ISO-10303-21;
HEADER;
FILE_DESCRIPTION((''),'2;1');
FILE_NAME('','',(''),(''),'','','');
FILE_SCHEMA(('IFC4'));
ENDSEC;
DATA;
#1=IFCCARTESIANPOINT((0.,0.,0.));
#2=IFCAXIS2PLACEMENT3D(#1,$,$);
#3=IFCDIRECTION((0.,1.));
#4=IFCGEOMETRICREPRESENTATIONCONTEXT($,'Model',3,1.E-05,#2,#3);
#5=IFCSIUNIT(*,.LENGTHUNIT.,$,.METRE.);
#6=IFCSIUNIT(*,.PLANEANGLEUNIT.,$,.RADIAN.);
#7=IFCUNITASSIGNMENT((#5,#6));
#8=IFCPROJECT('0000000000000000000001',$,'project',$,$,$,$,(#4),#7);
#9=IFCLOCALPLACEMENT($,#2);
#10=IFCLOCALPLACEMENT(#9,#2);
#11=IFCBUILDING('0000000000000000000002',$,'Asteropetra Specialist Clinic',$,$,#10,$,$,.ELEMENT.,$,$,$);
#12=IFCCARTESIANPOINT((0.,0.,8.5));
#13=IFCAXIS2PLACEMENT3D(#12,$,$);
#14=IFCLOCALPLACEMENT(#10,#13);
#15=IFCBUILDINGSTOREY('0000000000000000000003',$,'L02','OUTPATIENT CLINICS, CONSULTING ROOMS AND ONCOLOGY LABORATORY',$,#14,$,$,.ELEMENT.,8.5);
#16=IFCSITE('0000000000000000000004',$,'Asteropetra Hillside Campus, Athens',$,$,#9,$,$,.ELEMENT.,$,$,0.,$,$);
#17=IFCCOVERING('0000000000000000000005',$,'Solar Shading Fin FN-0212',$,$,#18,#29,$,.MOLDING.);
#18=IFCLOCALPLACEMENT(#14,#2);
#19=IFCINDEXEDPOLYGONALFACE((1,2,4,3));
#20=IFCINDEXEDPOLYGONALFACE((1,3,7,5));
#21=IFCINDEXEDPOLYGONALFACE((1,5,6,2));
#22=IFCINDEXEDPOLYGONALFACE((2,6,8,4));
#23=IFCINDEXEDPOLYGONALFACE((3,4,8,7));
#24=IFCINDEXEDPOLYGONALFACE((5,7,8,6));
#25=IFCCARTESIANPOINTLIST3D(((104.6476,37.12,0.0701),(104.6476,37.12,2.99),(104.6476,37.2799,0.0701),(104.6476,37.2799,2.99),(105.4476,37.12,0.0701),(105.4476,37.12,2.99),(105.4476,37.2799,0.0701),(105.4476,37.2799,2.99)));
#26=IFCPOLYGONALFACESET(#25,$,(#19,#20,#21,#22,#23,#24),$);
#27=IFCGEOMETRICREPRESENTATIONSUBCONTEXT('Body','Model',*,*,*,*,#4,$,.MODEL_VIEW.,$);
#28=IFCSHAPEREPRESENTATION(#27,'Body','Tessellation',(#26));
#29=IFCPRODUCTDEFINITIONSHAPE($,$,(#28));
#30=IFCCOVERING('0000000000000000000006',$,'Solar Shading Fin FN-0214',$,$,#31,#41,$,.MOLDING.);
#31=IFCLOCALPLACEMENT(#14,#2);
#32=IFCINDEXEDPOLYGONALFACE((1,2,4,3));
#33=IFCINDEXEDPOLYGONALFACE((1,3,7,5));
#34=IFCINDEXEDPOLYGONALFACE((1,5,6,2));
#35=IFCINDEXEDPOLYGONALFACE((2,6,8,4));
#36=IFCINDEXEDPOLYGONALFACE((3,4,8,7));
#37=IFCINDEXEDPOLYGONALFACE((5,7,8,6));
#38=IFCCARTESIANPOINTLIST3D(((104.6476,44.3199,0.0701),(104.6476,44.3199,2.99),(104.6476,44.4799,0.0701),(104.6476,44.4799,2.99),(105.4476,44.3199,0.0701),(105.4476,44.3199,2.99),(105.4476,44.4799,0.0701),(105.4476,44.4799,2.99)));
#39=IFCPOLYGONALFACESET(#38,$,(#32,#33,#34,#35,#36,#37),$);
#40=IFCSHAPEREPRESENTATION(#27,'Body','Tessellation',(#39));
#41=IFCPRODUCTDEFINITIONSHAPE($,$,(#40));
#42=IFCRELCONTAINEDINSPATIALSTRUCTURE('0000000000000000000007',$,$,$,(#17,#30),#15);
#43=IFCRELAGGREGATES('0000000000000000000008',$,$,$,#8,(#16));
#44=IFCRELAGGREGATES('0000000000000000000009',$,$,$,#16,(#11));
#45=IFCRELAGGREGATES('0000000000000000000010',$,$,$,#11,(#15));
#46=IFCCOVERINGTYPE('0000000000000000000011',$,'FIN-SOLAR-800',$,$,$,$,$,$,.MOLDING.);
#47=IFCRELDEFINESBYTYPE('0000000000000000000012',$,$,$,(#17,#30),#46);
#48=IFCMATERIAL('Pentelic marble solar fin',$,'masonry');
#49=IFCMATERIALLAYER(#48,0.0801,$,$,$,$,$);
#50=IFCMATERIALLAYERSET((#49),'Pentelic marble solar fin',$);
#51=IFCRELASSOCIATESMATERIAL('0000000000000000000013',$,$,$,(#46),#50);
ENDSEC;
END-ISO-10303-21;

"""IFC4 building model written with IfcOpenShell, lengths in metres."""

from ifc_helpers import new_model, si_unit, direction, frame, origin, origin_2d, place, context, subcontext, project, spatial, rectangle, extrude, material, layer, layer_set, type_object, element, save


model = new_model("IFC4")

# Units and contexts
model_context = context("Model", 3, precision=1e-05, world=origin(), true_north=direction((0.0, 1.0)))
body_context = subcontext(model_context, "Body", "Model", "MODEL_VIEW")
ifc_project = project(units=[si_unit("LENGTHUNIT", "METRE"), si_unit("PLANEANGLEUNIT", "RADIAN")], contexts=[model_context])

# Site, building, storey
site_placement = place(None, origin())
site = spatial("IfcSite", under=ifc_project, at=site_placement, Name="Asteropetra Hillside Campus, Athens", CompositionType="ELEMENT", RefElevation=0.0)
building_placement = place(site_placement, origin())
building = spatial("IfcBuilding", under=site, at=building_placement, Name="Asteropetra Specialist Clinic", CompositionType="ELEMENT")
storey_placement = place(building_placement, frame((0.0, 0.0, 8.5)))
storey = spatial("IfcBuildingStorey", under=building, at=storey_placement, Name="L02", Description="OUTPATIENT CLINICS, CONSULTING ROOMS AND ONCOLOGY LABORATORY", CompositionType="ELEMENT", Elevation=8.5)

# Coverings
ifc_material_1 = material(Name="Pentelic marble solar fin", Category="masonry")
ifc_layer_1 = layer(ifc_material_1, 0.0801)
ifc_layer_set_1 = layer_set([ifc_layer_1], Name="Pentelic marble solar fin")
covering_type_1 = type_object("IfcCoveringType", Name="FIN-SOLAR-800", PredefinedType="MOLDING", material=ifc_layer_set_1)
for number, where, z_axis, x_axis, name in (
    (1, (105.0476, 37.2, 0.0701), (0.0, 0.0, 1.0), (1.0, 0.0, 0.0), "Solar Shading Fin FN-0212"),
    (2, (105.0476, 44.3999, 0.0701), (0.0, 0.0, 1.0), (1.0, 0.0, 0.0), "Solar Shading Fin FN-0214"),
):
    element("IfcCovering", number, at=place(storey_placement, frame(where, z_axis=z_axis, x_axis=x_axis)), inside=storey, type_object=covering_type_1, Name=name, PredefinedType="MOLDING", context=body_context, shape_type="SweptSolid", body=[
        extrude(rectangle(XDim=0.8, YDim=0.1599, at=origin_2d()), origin(), (0.0, 0.0, 1.0), 2.9199),
    ])

save(model, "model.ifc")
